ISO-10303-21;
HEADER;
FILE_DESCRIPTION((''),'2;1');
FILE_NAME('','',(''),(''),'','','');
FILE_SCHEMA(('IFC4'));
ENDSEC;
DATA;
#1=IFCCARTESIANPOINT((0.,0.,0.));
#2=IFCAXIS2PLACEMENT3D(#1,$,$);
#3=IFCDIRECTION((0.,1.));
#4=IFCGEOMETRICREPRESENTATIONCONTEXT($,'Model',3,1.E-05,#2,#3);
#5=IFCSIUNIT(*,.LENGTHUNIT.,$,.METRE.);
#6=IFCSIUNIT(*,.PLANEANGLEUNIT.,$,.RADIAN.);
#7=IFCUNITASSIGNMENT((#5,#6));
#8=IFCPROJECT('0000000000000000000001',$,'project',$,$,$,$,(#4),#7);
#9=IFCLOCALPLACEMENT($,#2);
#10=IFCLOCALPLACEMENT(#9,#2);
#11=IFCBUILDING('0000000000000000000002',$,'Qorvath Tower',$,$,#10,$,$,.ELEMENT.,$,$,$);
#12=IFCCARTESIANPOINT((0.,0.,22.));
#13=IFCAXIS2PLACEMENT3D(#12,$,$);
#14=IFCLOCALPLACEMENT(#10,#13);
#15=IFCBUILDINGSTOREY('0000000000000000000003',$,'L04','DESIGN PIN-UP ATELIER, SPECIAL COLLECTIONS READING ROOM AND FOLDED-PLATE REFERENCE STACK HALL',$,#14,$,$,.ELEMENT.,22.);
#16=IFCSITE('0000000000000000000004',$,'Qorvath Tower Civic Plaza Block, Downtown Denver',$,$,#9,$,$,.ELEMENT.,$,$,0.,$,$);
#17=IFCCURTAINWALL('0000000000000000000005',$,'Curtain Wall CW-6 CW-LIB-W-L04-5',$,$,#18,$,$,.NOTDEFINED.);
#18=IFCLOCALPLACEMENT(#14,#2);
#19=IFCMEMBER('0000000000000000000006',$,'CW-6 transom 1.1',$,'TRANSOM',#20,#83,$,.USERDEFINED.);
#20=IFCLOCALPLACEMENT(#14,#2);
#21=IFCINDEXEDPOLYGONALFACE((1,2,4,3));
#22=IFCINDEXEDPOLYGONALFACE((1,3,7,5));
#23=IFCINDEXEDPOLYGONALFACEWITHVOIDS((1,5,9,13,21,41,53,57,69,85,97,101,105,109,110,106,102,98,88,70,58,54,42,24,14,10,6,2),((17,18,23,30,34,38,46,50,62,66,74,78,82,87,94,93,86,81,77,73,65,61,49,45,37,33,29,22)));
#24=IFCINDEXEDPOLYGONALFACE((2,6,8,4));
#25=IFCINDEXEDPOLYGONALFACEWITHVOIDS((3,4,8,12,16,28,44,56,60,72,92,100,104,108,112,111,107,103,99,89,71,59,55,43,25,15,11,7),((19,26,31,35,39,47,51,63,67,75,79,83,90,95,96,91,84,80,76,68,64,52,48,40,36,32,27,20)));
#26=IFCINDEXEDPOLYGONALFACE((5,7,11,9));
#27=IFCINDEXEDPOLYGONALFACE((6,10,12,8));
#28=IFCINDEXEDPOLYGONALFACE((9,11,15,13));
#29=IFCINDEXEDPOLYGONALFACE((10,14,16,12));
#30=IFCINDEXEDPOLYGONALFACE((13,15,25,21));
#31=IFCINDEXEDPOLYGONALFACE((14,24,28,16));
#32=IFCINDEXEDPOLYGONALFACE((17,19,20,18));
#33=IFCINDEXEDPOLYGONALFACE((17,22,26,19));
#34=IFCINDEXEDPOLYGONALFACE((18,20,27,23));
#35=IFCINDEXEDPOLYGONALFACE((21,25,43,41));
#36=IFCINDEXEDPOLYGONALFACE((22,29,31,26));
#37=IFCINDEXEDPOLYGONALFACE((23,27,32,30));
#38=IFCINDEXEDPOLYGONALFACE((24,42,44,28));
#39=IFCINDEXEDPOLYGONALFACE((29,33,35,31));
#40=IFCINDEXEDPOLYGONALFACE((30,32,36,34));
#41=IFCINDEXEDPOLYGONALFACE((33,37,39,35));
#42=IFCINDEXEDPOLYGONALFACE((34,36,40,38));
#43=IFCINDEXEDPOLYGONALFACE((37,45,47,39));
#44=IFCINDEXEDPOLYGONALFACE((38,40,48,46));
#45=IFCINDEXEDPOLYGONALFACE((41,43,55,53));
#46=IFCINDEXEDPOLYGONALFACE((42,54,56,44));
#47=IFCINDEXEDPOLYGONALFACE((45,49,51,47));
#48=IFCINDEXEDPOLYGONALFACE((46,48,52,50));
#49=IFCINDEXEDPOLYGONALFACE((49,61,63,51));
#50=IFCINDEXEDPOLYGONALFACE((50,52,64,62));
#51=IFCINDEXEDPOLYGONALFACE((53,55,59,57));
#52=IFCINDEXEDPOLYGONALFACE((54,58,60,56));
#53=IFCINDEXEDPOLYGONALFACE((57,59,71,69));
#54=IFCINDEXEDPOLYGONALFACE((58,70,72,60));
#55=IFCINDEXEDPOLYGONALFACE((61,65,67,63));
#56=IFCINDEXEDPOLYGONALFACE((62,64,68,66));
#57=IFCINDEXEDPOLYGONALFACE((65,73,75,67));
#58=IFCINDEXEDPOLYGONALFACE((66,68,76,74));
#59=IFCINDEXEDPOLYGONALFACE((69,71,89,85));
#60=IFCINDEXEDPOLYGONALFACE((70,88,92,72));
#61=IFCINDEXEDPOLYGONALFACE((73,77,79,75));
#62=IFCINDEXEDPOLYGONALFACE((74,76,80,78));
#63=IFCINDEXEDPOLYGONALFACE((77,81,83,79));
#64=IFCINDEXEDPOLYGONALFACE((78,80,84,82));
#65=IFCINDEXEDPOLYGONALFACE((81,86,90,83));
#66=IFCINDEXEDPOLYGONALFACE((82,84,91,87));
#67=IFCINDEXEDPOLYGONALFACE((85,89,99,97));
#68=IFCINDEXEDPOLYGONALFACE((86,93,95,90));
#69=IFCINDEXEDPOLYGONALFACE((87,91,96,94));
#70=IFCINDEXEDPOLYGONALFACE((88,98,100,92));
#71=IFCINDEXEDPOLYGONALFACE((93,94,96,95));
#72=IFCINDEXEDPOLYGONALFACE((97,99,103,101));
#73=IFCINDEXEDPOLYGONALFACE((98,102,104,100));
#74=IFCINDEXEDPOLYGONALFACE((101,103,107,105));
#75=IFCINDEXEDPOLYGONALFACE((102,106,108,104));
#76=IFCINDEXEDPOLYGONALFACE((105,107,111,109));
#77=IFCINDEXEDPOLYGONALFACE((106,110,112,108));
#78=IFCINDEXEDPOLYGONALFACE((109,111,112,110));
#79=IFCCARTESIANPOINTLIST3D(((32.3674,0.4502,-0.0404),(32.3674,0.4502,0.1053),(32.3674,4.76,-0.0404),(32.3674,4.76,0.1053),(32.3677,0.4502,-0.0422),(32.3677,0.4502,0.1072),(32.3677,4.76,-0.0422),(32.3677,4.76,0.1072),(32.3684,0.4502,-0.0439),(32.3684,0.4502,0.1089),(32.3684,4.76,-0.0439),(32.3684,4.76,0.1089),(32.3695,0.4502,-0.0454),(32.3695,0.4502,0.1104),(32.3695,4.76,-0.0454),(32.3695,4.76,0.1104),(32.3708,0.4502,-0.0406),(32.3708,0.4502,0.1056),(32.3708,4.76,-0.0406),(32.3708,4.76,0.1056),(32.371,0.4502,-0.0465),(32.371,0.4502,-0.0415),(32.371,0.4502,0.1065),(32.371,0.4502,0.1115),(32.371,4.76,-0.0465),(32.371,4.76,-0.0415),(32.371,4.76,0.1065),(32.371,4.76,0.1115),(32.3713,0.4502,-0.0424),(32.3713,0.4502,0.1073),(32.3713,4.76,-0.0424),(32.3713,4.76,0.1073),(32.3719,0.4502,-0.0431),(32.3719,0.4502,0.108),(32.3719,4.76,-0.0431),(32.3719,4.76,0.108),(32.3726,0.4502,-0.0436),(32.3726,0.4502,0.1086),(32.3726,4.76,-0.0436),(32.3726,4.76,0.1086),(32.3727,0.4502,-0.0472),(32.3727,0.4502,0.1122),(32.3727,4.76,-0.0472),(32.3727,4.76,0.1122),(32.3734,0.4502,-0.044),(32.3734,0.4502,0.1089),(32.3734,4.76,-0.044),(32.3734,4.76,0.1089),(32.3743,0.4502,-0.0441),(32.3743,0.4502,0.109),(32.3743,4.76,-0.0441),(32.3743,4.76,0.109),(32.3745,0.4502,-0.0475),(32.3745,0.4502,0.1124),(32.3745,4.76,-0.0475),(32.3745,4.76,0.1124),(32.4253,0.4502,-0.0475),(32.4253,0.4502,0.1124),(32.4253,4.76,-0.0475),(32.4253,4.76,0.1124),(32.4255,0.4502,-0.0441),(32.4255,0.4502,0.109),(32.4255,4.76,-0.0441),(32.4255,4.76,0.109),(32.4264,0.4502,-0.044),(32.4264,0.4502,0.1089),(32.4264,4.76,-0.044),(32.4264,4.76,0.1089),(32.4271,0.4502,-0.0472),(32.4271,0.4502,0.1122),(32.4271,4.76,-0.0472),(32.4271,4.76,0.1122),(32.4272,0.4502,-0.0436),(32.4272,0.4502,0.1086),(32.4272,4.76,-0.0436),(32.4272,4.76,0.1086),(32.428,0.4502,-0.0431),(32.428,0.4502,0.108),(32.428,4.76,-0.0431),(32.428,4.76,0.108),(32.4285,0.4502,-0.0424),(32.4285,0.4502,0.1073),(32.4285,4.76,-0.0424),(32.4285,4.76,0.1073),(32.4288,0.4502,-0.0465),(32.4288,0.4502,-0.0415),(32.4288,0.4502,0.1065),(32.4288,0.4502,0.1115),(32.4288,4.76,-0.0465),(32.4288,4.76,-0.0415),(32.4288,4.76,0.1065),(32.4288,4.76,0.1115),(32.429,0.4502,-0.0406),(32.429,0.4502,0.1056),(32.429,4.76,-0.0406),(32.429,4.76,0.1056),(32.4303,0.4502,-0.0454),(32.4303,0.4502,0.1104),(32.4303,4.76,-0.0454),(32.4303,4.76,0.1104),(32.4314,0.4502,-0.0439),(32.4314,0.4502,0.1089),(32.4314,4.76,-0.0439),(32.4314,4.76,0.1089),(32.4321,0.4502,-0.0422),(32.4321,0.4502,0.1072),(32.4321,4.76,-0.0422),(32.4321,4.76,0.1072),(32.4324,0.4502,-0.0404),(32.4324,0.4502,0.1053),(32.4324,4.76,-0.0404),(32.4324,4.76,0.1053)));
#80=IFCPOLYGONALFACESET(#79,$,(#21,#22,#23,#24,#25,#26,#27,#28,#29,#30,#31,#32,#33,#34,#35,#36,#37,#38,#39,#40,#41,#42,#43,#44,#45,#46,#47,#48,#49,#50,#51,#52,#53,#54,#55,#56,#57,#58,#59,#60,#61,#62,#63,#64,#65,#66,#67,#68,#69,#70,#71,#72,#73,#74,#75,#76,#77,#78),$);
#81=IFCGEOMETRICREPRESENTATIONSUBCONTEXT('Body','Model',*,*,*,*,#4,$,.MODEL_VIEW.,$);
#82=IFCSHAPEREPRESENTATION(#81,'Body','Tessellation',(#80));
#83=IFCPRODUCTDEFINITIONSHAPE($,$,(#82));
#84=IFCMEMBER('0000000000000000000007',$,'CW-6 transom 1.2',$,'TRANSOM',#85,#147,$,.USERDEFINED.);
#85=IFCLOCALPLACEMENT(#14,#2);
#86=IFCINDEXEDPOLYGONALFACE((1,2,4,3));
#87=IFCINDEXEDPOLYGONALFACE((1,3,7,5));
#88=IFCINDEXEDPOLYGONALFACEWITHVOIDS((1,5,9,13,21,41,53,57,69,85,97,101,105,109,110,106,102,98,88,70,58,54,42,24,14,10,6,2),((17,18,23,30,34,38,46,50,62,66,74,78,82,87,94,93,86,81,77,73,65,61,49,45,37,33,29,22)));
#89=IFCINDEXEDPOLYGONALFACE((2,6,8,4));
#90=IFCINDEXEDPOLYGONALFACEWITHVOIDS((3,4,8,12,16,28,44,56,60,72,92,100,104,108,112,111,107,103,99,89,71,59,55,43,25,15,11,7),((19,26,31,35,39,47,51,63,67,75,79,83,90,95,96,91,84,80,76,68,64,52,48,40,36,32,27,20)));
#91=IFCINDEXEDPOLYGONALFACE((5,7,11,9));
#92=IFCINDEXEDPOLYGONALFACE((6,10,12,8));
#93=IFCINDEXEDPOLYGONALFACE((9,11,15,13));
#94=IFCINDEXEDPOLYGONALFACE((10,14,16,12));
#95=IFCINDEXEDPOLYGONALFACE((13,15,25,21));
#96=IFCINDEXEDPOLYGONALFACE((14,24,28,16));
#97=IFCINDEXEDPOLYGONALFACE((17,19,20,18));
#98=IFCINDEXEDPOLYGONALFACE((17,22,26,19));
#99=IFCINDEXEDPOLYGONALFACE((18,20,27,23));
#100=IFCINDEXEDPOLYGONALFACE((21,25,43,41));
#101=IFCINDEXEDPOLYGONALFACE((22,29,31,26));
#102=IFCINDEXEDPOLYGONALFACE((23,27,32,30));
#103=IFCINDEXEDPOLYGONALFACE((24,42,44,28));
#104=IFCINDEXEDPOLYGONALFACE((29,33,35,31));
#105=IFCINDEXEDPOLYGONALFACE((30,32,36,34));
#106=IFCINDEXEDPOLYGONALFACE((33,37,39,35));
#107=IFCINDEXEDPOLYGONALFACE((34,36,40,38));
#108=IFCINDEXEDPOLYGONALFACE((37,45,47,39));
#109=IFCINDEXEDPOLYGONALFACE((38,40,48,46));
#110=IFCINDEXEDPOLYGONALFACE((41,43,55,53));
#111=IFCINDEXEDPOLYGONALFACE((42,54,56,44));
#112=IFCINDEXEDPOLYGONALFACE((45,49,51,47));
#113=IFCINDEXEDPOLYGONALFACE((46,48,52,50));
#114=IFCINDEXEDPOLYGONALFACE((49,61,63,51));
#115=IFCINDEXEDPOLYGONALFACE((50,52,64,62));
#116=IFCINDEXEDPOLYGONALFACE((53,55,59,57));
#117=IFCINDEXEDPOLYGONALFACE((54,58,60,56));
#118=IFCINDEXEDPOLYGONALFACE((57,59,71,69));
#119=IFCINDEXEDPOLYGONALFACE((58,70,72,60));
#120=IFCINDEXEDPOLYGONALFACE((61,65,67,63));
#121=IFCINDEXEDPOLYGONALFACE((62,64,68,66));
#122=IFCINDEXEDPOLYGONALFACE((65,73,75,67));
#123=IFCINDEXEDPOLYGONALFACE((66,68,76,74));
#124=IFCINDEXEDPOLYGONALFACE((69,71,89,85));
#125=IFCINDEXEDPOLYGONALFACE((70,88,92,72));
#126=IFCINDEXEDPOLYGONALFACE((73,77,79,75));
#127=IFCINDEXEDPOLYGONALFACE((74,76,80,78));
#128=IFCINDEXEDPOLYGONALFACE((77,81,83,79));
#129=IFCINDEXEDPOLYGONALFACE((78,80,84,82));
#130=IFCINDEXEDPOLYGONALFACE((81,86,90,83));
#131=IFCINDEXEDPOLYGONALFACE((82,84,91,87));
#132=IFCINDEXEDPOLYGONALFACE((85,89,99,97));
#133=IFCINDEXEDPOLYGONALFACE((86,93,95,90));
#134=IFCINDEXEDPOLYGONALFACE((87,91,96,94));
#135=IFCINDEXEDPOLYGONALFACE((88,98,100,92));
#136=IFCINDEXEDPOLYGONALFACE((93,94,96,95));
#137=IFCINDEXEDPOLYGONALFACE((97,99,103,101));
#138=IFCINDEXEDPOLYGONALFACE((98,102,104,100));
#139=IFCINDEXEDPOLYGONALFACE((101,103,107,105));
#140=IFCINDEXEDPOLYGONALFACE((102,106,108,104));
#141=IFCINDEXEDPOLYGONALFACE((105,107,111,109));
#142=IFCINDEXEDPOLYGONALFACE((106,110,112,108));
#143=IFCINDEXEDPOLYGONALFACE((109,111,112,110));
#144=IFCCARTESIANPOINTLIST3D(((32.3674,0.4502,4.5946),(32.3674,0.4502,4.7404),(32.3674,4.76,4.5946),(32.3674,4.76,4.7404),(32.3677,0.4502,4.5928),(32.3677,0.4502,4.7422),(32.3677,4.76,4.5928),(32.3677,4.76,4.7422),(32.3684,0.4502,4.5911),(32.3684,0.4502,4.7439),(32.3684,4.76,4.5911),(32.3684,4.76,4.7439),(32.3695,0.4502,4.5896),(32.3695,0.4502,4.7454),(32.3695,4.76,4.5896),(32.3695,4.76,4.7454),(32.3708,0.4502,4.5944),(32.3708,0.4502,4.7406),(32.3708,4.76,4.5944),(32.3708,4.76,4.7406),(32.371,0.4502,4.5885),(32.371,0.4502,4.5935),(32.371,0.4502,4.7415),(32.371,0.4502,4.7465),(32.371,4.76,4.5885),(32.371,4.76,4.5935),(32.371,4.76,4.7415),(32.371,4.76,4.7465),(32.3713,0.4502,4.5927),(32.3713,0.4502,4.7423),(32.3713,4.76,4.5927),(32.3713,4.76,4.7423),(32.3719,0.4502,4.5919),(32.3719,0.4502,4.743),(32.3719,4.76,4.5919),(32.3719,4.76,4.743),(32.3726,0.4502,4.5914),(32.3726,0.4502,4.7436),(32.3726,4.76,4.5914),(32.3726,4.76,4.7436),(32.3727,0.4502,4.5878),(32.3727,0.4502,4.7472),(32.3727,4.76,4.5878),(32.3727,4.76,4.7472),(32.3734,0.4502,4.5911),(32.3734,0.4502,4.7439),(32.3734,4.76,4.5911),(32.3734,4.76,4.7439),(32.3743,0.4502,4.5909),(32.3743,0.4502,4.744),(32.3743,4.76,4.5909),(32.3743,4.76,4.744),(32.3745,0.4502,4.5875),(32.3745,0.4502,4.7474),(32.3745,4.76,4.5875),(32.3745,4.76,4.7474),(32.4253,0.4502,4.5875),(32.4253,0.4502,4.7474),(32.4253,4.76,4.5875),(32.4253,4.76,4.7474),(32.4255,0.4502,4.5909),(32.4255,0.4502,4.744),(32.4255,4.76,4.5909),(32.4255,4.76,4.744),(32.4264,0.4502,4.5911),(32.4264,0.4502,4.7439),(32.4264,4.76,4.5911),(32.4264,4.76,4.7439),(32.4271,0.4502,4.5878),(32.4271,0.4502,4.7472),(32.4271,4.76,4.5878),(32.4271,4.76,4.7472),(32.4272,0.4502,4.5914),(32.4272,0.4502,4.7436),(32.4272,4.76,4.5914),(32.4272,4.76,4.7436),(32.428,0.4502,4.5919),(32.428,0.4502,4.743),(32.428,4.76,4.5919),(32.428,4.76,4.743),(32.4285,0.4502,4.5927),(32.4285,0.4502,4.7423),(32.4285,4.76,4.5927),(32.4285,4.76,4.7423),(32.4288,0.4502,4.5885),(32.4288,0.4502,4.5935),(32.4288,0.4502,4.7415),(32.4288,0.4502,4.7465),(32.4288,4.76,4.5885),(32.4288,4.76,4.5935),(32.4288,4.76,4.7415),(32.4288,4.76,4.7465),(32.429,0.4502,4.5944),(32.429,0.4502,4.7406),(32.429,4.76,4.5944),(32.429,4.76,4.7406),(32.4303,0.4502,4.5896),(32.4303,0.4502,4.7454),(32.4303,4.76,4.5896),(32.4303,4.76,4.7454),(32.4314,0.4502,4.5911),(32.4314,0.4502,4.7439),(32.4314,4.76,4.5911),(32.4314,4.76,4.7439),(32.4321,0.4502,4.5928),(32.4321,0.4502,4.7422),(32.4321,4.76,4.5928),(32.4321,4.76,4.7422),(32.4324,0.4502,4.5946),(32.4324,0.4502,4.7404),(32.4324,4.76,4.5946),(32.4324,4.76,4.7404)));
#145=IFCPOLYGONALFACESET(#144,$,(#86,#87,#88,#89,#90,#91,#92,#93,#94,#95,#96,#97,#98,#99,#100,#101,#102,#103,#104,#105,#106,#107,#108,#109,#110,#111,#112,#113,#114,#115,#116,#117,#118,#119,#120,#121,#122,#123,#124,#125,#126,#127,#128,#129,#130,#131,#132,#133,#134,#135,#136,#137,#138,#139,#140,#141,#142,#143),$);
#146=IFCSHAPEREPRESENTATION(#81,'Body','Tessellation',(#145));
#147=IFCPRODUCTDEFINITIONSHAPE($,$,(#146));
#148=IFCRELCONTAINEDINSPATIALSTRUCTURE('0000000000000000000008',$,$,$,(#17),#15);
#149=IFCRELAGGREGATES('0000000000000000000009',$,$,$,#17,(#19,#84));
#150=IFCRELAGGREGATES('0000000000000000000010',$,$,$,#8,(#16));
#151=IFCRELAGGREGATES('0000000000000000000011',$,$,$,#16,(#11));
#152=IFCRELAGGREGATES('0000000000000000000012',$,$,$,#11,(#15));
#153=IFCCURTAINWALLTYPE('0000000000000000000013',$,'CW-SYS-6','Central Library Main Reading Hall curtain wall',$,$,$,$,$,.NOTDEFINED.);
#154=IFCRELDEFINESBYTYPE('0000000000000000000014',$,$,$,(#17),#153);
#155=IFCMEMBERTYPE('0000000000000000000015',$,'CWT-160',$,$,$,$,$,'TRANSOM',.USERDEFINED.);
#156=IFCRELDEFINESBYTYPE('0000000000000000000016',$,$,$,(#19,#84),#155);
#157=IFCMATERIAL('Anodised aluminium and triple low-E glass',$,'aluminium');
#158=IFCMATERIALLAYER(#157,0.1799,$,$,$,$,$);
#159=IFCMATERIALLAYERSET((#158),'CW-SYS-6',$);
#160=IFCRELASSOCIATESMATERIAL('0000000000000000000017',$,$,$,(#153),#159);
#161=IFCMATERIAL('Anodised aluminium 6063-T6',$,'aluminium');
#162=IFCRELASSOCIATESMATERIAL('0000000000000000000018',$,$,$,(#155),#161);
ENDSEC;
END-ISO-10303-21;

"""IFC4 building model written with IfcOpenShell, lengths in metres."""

from ifc_helpers import new_model, si_unit, direction, frame, origin, origin_2d, place, context, subcontext, project, spatial, hollow_rectangle, extrude, material, layer, layer_set, material_profile, profile_set, type_object, element, aggregate, save


model = new_model("IFC4")

# Units and contexts
model_context = context("Model", 3, precision=1e-05, world=origin(), true_north=direction((0.0, 1.0)))
body_context = subcontext(model_context, "Body", "Model", "MODEL_VIEW")
ifc_project = project(units=[si_unit("LENGTHUNIT", "METRE"), si_unit("PLANEANGLEUNIT", "RADIAN")], contexts=[model_context])

# Site, building, storey
site_placement = place(None, origin())
site = spatial("IfcSite", under=ifc_project, at=site_placement, Name="Qorvath Tower Civic Plaza Block, Downtown Denver", CompositionType="ELEMENT", RefElevation=0.0)
building_placement = place(site_placement, origin())
building = spatial("IfcBuilding", under=site, at=building_placement, Name="Qorvath Tower", CompositionType="ELEMENT")
storey_placement = place(building_placement, frame((0.0, 0.0, 22.0)))
storey = spatial("IfcBuildingStorey", under=building, at=storey_placement, Name="L04", Description="DESIGN PIN-UP ATELIER, SPECIAL COLLECTIONS READING ROOM AND FOLDED-PLATE REFERENCE STACK HALL", CompositionType="ELEMENT", Elevation=22.0)

# Curtain wall
ifc_material_1 = material(Name="Anodised aluminium and triple low-E glass", Category="aluminium")
ifc_layer_1 = layer(ifc_material_1, 0.1799)
ifc_layer_set_1 = layer_set([ifc_layer_1], Name="CW-SYS-6")
curtain_wall_type = type_object("IfcCurtainWallType", Name="CW-SYS-6", Description="Central Library Main Reading Hall curtain wall", PredefinedType="NOTDEFINED", material=ifc_layer_set_1)
curtain_wall_1_placement = place(storey_placement, origin())
curtain_wall_1 = element("IfcCurtainWall", 1, at=curtain_wall_1_placement, inside=storey, type_object=curtain_wall_type, Name="Curtain Wall CW-6 CW-LIB-W-L04-5", PredefinedType="NOTDEFINED")

# Members
ifc_material_2 = material(Name="Anodised aluminium 6063-T6", Category="aluminium")
ifc_material_profile_1 = material_profile(ifc_material_2, hollow_rectangle(XDim=0.0649, YDim=0.1599, WallThickness=0.0034, InnerFilletRadius=0.0034, OuterFilletRadius=0.0071, at=origin_2d()), Name="CWT 160x65")
ifc_profile_set_1 = profile_set([ifc_material_profile_1], Name="Anodised aluminium 6063-T6")
member_type_1 = type_object("IfcMemberType", Name="CWT-160", ElementType="TRANSOM", PredefinedType="USERDEFINED", material=ifc_profile_set_1)
member_1_placement = place(storey_placement, frame((32.3999, 0.4502, 0.0325), z_axis=(0.0, 1.0, 0.0), x_axis=(-1.0, 0.0, 0.0)))
member_1 = element("IfcMember", 2, at=member_1_placement, type_object=member_type_1, Name="CW-6 transom 1.1", ObjectType="TRANSOM", PredefinedType="USERDEFINED", context=body_context, shape_type="SweptSolid", body=[
    extrude(hollow_rectangle(XDim=0.0649, YDim=0.1599, WallThickness=0.0034, InnerFilletRadius=0.0034, OuterFilletRadius=0.0071, at=origin_2d()), origin(), (0.0, 0.0, 1.0), 4.3098),
])
member_2_placement = place(storey_placement, frame((32.3999, 0.4502, 4.6675), z_axis=(0.0, 1.0, 0.0), x_axis=(-1.0, 0.0, 0.0)))
member_2 = element("IfcMember", 3, at=member_2_placement, type_object=member_type_1, Name="CW-6 transom 1.2", ObjectType="TRANSOM", PredefinedType="USERDEFINED", context=body_context, shape_type="SweptSolid", body=[
    extrude(hollow_rectangle(XDim=0.0649, YDim=0.1599, WallThickness=0.0034, InnerFilletRadius=0.0034, OuterFilletRadius=0.0071, at=origin_2d()), origin(), (0.0, 0.0, 1.0), 4.3098),
])

aggregate(curtain_wall_1, [member_1, member_2])

save(model, "model.ifc")
